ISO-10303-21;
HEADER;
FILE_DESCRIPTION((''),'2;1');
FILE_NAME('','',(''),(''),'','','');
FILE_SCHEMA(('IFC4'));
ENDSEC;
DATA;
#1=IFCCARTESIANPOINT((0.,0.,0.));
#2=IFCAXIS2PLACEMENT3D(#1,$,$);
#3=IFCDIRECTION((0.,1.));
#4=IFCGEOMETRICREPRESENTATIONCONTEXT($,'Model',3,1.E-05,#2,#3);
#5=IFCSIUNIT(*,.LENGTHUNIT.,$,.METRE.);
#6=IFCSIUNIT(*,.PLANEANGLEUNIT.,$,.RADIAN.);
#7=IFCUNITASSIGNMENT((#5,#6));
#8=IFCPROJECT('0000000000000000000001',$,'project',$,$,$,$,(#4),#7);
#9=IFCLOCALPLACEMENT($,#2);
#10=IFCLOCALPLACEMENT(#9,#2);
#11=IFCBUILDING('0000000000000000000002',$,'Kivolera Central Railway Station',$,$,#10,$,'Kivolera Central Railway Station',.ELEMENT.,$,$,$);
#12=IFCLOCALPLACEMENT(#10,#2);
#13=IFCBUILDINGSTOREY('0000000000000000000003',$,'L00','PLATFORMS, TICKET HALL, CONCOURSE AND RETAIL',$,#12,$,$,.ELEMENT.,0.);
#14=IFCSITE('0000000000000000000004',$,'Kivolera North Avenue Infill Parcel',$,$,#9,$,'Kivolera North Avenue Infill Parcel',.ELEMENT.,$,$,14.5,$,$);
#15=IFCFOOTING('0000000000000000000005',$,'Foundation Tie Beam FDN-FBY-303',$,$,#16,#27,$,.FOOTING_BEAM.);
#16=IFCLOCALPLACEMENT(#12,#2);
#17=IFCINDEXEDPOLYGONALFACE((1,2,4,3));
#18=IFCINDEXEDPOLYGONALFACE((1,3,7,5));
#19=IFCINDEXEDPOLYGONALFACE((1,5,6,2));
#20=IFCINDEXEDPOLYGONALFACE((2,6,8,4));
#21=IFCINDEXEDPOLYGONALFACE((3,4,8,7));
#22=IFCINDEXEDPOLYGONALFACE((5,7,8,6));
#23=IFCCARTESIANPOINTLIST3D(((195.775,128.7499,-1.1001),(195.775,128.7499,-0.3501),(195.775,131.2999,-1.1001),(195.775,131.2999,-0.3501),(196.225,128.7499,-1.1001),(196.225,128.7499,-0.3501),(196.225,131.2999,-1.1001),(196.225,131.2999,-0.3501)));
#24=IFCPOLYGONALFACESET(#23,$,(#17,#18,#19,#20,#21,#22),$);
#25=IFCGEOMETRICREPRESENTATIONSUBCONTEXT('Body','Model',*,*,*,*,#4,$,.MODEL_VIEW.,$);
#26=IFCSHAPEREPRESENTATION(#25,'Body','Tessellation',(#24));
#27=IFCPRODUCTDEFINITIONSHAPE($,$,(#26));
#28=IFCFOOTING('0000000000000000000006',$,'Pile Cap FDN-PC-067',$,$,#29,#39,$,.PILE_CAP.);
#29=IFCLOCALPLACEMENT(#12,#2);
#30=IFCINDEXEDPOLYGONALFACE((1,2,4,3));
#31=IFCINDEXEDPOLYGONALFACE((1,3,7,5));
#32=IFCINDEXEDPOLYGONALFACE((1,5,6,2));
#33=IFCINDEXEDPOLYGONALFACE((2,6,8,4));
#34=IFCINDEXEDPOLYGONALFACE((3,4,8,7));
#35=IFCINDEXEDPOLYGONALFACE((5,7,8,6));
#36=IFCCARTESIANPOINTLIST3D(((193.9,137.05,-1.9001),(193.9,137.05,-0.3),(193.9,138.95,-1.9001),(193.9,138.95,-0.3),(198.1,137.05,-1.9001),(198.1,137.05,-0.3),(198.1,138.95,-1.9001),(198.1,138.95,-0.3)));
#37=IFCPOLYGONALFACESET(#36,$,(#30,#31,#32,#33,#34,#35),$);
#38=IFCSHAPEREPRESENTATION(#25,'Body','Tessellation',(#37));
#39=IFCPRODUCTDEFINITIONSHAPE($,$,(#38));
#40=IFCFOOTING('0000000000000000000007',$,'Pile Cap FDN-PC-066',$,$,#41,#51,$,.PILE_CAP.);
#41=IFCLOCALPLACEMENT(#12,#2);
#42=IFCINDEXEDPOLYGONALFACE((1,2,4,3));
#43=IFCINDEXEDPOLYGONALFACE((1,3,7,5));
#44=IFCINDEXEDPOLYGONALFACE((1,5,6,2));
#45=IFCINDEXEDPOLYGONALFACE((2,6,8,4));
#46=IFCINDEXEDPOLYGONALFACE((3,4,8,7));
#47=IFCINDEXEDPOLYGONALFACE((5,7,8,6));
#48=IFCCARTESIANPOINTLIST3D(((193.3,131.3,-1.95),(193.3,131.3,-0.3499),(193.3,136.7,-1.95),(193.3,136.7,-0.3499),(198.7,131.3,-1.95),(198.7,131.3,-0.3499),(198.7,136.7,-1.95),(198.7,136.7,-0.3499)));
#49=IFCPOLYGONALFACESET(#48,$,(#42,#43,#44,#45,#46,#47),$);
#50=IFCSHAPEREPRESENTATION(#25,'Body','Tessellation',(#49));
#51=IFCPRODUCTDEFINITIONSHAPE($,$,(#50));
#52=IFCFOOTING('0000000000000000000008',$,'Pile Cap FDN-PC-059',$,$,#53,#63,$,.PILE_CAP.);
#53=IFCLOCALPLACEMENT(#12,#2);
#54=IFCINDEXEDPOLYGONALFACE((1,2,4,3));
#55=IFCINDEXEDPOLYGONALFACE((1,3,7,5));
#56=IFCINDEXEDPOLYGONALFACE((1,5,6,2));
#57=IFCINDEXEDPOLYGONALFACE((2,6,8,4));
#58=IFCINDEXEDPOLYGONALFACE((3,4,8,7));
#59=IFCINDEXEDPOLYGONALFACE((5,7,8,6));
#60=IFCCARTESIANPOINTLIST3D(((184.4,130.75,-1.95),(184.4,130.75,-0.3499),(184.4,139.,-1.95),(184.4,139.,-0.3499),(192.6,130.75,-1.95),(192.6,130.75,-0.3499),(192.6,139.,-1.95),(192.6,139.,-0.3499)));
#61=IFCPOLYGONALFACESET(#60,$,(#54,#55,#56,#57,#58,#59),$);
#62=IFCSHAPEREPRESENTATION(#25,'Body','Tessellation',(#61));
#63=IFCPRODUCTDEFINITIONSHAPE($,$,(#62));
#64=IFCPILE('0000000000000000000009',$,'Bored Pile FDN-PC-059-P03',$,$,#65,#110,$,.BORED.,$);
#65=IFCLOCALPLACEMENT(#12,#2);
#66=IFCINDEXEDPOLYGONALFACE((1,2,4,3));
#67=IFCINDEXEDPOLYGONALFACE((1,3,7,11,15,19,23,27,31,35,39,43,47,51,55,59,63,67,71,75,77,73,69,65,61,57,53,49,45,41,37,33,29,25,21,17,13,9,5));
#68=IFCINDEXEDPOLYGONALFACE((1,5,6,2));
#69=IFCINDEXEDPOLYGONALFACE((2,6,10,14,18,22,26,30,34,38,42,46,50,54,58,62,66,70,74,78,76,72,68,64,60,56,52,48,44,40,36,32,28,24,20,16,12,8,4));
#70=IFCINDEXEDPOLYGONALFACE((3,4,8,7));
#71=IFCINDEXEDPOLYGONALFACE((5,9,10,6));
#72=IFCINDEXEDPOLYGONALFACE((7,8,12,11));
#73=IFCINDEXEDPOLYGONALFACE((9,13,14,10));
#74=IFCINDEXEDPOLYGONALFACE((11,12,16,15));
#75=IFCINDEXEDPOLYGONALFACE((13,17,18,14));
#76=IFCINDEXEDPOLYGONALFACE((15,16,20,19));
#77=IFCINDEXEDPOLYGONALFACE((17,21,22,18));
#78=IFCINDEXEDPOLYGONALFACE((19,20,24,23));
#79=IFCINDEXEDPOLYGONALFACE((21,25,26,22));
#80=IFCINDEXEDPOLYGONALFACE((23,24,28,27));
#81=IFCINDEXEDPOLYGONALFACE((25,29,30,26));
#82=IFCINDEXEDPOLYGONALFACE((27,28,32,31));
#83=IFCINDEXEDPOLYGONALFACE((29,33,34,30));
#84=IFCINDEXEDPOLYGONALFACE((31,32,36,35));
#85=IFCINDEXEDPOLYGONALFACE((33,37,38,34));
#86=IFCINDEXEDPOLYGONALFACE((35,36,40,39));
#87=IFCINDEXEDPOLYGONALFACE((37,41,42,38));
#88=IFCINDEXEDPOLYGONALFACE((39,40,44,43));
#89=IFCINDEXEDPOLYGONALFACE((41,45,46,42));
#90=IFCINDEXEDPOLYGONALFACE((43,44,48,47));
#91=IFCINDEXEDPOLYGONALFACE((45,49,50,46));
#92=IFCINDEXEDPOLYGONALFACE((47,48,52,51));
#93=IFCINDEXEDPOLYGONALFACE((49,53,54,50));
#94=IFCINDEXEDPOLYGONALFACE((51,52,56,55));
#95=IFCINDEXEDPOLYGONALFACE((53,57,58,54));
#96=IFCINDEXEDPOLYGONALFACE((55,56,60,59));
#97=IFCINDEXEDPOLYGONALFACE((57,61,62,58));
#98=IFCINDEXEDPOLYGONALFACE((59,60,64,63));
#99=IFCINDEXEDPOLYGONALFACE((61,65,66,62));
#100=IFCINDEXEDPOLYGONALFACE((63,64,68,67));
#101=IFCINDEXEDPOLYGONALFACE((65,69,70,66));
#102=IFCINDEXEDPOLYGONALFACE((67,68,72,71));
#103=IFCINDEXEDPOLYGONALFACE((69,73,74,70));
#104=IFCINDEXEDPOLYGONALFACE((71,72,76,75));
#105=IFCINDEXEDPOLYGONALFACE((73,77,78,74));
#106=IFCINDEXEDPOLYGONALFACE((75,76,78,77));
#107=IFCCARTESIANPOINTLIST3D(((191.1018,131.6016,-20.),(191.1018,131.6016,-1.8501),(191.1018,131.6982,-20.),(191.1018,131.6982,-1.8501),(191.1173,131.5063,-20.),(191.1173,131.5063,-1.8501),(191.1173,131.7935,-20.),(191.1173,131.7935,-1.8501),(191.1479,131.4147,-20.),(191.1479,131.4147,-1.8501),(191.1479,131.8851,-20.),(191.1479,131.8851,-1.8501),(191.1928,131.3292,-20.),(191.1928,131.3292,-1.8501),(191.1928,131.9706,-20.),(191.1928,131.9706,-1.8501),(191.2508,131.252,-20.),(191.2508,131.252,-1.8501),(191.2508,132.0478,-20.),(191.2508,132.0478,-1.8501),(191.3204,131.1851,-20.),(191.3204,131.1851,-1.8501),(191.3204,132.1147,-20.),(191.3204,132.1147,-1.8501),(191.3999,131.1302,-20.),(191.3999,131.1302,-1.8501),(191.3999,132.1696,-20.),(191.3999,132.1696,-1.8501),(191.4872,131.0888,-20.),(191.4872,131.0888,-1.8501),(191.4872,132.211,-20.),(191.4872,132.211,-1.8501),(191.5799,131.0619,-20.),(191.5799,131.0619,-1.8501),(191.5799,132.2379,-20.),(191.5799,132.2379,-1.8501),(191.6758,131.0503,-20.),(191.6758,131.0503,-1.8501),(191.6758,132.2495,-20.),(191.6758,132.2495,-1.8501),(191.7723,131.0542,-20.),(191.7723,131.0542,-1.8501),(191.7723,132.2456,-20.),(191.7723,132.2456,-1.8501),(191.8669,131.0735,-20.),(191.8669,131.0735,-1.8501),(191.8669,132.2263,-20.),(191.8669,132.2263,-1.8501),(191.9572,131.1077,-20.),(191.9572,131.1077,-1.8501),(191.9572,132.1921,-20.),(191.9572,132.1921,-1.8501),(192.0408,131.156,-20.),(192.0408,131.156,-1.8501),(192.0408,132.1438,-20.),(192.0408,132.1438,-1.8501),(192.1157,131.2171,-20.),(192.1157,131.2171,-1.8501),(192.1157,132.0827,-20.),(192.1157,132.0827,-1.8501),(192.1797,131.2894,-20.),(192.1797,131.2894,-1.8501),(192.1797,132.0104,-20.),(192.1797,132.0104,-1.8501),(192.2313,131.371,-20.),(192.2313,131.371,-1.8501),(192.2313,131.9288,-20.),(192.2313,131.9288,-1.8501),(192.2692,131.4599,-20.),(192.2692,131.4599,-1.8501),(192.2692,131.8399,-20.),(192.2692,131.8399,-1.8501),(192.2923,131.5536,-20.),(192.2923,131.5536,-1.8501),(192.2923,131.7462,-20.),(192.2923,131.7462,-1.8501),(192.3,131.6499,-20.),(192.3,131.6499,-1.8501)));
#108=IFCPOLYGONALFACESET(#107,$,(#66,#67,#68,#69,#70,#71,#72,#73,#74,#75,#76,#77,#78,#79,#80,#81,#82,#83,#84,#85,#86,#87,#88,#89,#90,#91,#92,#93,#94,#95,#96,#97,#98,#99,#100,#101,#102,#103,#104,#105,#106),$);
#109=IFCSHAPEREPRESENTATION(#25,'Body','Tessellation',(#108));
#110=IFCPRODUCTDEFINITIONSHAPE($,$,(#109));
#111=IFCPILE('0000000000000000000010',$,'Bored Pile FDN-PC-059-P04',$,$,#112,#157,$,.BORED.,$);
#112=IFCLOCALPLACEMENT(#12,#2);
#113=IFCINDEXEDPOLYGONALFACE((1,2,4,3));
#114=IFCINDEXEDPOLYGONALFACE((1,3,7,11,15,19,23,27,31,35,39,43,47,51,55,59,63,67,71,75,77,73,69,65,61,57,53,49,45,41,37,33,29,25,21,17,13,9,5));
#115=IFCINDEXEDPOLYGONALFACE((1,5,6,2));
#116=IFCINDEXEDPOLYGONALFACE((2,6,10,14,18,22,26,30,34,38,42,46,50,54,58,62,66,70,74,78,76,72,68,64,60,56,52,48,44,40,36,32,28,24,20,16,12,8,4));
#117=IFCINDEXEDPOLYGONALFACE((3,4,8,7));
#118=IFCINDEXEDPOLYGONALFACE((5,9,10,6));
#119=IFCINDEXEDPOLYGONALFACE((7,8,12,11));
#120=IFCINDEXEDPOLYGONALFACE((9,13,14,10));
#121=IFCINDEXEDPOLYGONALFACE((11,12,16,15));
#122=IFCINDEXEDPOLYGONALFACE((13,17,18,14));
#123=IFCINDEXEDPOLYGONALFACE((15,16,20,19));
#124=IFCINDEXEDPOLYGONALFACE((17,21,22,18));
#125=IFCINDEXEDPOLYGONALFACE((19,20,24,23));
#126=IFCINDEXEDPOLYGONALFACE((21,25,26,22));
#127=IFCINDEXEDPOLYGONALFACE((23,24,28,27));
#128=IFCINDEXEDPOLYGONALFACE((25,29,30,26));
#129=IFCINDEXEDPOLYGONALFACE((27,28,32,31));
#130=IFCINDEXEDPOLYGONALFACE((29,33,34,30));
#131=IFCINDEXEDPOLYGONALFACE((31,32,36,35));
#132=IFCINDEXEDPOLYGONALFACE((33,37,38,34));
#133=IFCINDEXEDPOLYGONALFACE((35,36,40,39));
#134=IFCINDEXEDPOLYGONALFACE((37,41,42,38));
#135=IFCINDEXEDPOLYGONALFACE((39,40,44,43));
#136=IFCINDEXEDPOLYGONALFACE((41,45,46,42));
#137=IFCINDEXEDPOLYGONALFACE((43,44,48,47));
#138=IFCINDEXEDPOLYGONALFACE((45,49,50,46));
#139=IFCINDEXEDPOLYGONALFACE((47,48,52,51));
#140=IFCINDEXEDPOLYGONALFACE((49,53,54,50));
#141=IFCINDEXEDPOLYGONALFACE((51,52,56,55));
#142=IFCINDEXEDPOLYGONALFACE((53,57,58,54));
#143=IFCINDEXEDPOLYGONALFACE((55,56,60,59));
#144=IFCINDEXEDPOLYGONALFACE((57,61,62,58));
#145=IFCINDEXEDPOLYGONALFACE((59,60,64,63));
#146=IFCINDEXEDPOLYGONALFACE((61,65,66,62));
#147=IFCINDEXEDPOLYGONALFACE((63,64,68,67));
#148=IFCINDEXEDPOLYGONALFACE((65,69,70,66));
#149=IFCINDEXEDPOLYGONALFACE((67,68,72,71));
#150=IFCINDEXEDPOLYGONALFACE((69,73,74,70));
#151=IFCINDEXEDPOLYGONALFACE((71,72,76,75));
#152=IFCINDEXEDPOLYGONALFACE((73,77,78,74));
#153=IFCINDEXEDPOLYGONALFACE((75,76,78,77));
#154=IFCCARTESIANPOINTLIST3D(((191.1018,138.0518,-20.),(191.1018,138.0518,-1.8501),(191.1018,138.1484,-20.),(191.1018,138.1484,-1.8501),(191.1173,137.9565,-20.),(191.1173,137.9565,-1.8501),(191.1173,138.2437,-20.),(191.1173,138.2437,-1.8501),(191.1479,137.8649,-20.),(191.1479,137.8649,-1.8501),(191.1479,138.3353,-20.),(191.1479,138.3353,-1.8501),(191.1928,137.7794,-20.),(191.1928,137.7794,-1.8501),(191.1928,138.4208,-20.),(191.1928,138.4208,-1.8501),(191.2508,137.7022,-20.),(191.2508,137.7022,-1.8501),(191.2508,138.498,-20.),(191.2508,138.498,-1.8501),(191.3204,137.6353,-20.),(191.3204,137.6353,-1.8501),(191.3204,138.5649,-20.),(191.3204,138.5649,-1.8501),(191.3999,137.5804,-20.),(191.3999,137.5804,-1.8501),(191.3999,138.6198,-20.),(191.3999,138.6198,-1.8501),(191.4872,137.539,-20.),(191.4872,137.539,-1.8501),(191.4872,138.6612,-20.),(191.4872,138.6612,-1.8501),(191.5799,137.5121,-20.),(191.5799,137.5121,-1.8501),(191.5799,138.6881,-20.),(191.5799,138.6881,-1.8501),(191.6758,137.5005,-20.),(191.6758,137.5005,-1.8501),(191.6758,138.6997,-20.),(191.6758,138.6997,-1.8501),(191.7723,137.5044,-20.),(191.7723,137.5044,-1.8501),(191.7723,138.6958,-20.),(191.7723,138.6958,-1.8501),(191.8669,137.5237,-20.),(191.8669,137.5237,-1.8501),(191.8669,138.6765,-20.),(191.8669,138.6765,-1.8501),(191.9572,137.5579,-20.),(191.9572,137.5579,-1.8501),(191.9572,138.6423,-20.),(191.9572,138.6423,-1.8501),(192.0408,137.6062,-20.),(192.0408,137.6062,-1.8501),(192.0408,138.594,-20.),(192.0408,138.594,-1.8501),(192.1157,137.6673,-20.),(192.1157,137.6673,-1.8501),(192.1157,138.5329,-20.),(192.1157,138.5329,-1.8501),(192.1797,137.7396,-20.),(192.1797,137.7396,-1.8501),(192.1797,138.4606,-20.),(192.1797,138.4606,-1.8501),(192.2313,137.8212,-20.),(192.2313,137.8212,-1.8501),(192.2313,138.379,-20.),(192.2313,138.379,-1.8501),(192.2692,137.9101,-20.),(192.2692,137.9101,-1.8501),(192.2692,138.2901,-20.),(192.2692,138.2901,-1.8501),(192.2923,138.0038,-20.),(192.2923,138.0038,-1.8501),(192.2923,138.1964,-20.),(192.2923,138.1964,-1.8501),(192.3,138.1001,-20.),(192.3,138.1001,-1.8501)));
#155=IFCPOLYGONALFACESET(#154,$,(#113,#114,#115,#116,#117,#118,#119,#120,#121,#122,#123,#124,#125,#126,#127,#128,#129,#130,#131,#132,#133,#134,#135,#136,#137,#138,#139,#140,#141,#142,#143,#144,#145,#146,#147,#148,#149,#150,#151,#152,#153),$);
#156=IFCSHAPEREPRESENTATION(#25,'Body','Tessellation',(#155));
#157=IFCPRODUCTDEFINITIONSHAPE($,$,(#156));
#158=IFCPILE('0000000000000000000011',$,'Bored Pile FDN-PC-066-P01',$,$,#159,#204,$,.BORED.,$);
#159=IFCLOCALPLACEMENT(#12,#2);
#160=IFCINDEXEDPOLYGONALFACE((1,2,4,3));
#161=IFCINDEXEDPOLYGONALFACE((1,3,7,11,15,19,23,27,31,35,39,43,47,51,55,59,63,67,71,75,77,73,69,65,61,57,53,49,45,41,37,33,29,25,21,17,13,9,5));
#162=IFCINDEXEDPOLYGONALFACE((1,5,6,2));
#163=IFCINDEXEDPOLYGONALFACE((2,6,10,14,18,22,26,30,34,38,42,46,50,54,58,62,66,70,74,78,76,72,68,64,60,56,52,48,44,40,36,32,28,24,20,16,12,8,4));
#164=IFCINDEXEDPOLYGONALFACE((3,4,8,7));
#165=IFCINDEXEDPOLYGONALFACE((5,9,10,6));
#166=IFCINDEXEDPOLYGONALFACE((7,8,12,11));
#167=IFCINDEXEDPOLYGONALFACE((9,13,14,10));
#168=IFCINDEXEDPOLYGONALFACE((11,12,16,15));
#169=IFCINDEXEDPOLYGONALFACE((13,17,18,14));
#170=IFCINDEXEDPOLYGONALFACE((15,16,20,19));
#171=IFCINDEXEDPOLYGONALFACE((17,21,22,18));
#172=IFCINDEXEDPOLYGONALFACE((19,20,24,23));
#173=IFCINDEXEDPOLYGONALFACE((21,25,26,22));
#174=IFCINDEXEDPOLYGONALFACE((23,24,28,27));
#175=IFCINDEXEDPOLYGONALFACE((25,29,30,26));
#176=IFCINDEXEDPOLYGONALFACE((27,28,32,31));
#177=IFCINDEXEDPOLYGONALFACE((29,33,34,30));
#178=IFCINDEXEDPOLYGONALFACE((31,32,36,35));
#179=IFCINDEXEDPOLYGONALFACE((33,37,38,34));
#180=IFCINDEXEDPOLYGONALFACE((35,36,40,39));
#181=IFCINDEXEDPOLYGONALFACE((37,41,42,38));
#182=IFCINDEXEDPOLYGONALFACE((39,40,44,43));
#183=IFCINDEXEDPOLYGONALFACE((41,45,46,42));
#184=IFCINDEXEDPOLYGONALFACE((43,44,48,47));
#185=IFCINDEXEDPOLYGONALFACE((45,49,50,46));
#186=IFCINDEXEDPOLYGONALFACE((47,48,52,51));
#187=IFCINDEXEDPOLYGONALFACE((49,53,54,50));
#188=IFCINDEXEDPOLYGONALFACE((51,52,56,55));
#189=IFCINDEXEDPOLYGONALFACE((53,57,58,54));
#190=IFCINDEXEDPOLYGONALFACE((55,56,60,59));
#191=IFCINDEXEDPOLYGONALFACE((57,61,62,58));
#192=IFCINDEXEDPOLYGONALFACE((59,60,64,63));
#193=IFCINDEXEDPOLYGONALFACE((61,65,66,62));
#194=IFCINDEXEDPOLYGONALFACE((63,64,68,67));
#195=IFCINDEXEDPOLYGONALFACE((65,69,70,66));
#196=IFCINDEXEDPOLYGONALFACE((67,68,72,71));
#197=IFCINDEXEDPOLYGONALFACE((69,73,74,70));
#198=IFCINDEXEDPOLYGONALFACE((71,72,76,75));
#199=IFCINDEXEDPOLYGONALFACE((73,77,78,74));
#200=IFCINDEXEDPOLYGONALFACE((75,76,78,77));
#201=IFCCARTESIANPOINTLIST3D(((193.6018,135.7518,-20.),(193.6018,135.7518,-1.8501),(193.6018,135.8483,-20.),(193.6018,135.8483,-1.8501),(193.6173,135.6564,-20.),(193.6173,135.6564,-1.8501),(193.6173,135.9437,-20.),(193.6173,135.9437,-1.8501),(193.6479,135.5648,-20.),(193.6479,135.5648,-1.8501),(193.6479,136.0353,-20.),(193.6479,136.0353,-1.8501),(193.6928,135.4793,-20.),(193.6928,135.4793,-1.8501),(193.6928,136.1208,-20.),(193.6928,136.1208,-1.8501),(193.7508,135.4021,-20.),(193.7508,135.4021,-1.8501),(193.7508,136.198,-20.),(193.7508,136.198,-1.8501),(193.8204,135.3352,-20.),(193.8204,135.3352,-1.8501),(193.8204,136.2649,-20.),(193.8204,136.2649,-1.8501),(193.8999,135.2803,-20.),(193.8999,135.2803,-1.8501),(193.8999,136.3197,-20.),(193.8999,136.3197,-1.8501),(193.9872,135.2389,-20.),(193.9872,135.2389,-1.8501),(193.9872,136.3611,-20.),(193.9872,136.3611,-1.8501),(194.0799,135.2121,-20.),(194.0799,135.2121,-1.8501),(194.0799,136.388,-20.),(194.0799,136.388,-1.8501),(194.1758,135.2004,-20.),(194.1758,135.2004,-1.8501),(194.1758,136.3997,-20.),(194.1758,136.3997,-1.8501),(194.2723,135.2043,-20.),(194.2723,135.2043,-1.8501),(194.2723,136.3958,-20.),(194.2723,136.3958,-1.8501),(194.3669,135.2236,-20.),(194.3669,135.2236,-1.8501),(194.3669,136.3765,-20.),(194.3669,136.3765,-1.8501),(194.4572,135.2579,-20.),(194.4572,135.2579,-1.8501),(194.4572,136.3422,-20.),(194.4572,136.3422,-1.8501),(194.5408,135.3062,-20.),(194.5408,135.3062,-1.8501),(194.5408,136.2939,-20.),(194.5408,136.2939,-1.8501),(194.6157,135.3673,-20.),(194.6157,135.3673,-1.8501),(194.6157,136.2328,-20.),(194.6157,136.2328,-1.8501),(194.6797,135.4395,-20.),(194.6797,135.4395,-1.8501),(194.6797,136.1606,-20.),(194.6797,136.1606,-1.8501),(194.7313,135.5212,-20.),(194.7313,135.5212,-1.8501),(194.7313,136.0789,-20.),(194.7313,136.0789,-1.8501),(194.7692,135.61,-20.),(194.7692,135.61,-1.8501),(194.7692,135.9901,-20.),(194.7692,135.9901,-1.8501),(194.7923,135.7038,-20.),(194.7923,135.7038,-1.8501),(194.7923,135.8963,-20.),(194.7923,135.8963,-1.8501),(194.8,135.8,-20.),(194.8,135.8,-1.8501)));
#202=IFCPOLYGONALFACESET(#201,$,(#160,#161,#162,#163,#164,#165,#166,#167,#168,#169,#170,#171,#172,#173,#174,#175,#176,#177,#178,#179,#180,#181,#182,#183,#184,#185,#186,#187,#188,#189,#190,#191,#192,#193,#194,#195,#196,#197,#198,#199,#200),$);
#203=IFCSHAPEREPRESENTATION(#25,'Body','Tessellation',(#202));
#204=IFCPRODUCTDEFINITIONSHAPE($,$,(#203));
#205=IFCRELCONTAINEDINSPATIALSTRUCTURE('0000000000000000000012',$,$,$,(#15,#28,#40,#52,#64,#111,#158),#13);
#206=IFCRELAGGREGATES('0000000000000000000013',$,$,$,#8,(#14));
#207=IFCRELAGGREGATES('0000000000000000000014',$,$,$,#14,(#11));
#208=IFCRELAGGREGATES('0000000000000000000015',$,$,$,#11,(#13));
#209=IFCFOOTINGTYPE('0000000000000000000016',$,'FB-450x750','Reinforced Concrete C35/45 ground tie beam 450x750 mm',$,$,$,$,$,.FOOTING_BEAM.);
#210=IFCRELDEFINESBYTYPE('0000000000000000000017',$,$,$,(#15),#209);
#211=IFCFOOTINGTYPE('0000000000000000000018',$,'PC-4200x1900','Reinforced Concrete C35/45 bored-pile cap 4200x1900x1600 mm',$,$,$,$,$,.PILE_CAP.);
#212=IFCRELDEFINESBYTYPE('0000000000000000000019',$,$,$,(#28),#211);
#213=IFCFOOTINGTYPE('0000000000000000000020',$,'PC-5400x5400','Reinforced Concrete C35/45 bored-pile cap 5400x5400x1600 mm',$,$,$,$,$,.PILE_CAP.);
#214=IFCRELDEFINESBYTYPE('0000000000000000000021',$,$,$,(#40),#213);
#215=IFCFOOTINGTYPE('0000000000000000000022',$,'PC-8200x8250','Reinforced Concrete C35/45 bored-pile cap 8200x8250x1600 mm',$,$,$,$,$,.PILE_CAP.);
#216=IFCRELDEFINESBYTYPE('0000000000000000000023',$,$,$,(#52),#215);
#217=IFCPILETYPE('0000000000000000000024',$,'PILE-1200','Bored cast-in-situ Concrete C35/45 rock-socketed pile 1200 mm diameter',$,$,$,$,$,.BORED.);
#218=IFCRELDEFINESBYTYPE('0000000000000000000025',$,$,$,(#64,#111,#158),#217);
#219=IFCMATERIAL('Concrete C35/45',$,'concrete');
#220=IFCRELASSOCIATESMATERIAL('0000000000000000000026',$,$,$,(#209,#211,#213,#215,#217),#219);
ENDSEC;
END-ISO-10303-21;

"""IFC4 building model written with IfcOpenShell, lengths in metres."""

from ifc_helpers import new_model, si_unit, direction, frame, origin, origin_2d, place, context, subcontext, project, spatial, rectangle, circle, extrude, material, material_profile, profile_set, type_object, element, save


model = new_model("IFC4")

# Units and contexts
model_context = context("Model", 3, precision=1e-05, world=origin(), true_north=direction((0.0, 1.0)))
body_context = subcontext(model_context, "Body", "Model", "MODEL_VIEW")
ifc_project = project(units=[si_unit("LENGTHUNIT", "METRE"), si_unit("PLANEANGLEUNIT", "RADIAN")], contexts=[model_context])

# Site, building, storey
site_placement = place(None, origin())
site = spatial("IfcSite", under=ifc_project, at=site_placement, Name="Kivolera North Avenue Infill Parcel", LongName="Kivolera North Avenue Infill Parcel", CompositionType="ELEMENT", RefElevation=14.5)
building_placement = place(site_placement, origin())
building = spatial("IfcBuilding", under=site, at=building_placement, Name="Kivolera Central Railway Station", LongName="Kivolera Central Railway Station", CompositionType="ELEMENT")
storey_placement = place(building_placement, origin())
storey = spatial("IfcBuildingStorey", under=building, at=storey_placement, Name="L00", Description="PLATFORMS, TICKET HALL, CONCOURSE AND RETAIL", CompositionType="ELEMENT", Elevation=0.0)

# Footings
ifc_material_1 = material(Name="Concrete C35/45", Category="concrete")
footing_type_1 = type_object("IfcFootingType", Name="FB-450x750", Description="Reinforced Concrete C35/45 ground tie beam 450x750 mm", PredefinedType="FOOTING_BEAM", material=ifc_material_1)
footing_1_placement = place(storey_placement, frame((196.0, 130.0249, -1.1001), z_axis=(0.0, 0.0, 1.0), x_axis=(1.0, 0.0, 0.0)))
element("IfcFooting", 1, at=footing_1_placement, inside=storey, type_object=footing_type_1, Name="Foundation Tie Beam FDN-FBY-303", PredefinedType="FOOTING_BEAM", context=body_context, shape_type="SweptSolid", body=[
    extrude(rectangle(XDim=0.45, YDim=2.55, at=origin_2d()), origin(), (0.0, 0.0, 1.0), 0.75),
])
footing_type_2 = type_object("IfcFootingType", Name="PC-4200x1900", Description="Reinforced Concrete C35/45 bored-pile cap 4200x1900x1600 mm", PredefinedType="PILE_CAP", material=ifc_material_1)
footing_2_placement = place(storey_placement, frame((196.0, 138.0, -1.9001), z_axis=(0.0, 0.0, 1.0), x_axis=(1.0, 0.0, 0.0)))
element("IfcFooting", 2, at=footing_2_placement, inside=storey, type_object=footing_type_2, Name="Pile Cap FDN-PC-067", PredefinedType="PILE_CAP", context=body_context, shape_type="SweptSolid", body=[
    extrude(rectangle(XDim=4.2, YDim=1.8999, at=origin_2d()), origin(), (0.0, 0.0, 1.0), 1.6001),
])
footing_type_3 = type_object("IfcFootingType", Name="PC-5400x5400", Description="Reinforced Concrete C35/45 bored-pile cap 5400x5400x1600 mm", PredefinedType="PILE_CAP", material=ifc_material_1)
footing_3_placement = place(storey_placement, frame((196.0, 134.0, -1.95), z_axis=(0.0, 0.0, 1.0), x_axis=(1.0, 0.0, 0.0)))
element("IfcFooting", 3, at=footing_3_placement, inside=storey, type_object=footing_type_3, Name="Pile Cap FDN-PC-066", PredefinedType="PILE_CAP", context=body_context, shape_type="SweptSolid", body=[
    extrude(rectangle(XDim=5.3999, YDim=5.3999, at=origin_2d()), origin(), (0.0, 0.0, 1.0), 1.6001),
])
footing_type_4 = type_object("IfcFootingType", Name="PC-8200x8250", Description="Reinforced Concrete C35/45 bored-pile cap 8200x8250x1600 mm", PredefinedType="PILE_CAP", material=ifc_material_1)
footing_4_placement = place(storey_placement, frame((188.5, 134.875, -1.95), z_axis=(0.0, 0.0, 1.0), x_axis=(1.0, 0.0, 0.0)))
element("IfcFooting", 4, at=footing_4_placement, inside=storey, type_object=footing_type_4, Name="Pile Cap FDN-PC-059", PredefinedType="PILE_CAP", context=body_context, shape_type="SweptSolid", body=[
    extrude(rectangle(XDim=8.2, YDim=8.25, at=origin_2d()), origin(), (0.0, 0.0, 1.0), 1.6001),
])

# Piles
ifc_material_profile_1 = material_profile(ifc_material_1, circle(Radius=0.6001, at=origin_2d()), Name="PILE D1200")
ifc_profile_set_1 = profile_set([ifc_material_profile_1], Name="Concrete C35/45")
pile_type = type_object("IfcPileType", Name="PILE-1200", Description="Bored cast-in-situ Concrete C35/45 rock-socketed pile 1200 mm diameter", PredefinedType="BORED", material=ifc_profile_set_1)
for number, where, z_axis, x_axis, name in (
    (5, (191.7, 131.6499, -1.8501), (0.0, 0.0, -1.0), (1.0, 0.0, 0.0), "Bored Pile FDN-PC-059-P03"),
    (6, (191.7, 138.1001, -1.8501), (0.0, 0.0, -1.0), (1.0, 0.0, 0.0), "Bored Pile FDN-PC-059-P04"),
    (7, (194.2, 135.8, -1.8501), (0.0, 0.0, -1.0), (1.0, 0.0, 0.0), "Bored Pile FDN-PC-066-P01"),
):
    element("IfcPile", number, at=place(storey_placement, frame(where, z_axis=z_axis, x_axis=x_axis)), inside=storey, type_object=pile_type, Name=name, PredefinedType="BORED", context=body_context, shape_type="SweptSolid", body=[
        extrude(circle(Radius=0.6001, at=origin_2d()), origin(), (0.0, 0.0, 1.0), 18.1499),
    ])

save(model, "model.ifc")
